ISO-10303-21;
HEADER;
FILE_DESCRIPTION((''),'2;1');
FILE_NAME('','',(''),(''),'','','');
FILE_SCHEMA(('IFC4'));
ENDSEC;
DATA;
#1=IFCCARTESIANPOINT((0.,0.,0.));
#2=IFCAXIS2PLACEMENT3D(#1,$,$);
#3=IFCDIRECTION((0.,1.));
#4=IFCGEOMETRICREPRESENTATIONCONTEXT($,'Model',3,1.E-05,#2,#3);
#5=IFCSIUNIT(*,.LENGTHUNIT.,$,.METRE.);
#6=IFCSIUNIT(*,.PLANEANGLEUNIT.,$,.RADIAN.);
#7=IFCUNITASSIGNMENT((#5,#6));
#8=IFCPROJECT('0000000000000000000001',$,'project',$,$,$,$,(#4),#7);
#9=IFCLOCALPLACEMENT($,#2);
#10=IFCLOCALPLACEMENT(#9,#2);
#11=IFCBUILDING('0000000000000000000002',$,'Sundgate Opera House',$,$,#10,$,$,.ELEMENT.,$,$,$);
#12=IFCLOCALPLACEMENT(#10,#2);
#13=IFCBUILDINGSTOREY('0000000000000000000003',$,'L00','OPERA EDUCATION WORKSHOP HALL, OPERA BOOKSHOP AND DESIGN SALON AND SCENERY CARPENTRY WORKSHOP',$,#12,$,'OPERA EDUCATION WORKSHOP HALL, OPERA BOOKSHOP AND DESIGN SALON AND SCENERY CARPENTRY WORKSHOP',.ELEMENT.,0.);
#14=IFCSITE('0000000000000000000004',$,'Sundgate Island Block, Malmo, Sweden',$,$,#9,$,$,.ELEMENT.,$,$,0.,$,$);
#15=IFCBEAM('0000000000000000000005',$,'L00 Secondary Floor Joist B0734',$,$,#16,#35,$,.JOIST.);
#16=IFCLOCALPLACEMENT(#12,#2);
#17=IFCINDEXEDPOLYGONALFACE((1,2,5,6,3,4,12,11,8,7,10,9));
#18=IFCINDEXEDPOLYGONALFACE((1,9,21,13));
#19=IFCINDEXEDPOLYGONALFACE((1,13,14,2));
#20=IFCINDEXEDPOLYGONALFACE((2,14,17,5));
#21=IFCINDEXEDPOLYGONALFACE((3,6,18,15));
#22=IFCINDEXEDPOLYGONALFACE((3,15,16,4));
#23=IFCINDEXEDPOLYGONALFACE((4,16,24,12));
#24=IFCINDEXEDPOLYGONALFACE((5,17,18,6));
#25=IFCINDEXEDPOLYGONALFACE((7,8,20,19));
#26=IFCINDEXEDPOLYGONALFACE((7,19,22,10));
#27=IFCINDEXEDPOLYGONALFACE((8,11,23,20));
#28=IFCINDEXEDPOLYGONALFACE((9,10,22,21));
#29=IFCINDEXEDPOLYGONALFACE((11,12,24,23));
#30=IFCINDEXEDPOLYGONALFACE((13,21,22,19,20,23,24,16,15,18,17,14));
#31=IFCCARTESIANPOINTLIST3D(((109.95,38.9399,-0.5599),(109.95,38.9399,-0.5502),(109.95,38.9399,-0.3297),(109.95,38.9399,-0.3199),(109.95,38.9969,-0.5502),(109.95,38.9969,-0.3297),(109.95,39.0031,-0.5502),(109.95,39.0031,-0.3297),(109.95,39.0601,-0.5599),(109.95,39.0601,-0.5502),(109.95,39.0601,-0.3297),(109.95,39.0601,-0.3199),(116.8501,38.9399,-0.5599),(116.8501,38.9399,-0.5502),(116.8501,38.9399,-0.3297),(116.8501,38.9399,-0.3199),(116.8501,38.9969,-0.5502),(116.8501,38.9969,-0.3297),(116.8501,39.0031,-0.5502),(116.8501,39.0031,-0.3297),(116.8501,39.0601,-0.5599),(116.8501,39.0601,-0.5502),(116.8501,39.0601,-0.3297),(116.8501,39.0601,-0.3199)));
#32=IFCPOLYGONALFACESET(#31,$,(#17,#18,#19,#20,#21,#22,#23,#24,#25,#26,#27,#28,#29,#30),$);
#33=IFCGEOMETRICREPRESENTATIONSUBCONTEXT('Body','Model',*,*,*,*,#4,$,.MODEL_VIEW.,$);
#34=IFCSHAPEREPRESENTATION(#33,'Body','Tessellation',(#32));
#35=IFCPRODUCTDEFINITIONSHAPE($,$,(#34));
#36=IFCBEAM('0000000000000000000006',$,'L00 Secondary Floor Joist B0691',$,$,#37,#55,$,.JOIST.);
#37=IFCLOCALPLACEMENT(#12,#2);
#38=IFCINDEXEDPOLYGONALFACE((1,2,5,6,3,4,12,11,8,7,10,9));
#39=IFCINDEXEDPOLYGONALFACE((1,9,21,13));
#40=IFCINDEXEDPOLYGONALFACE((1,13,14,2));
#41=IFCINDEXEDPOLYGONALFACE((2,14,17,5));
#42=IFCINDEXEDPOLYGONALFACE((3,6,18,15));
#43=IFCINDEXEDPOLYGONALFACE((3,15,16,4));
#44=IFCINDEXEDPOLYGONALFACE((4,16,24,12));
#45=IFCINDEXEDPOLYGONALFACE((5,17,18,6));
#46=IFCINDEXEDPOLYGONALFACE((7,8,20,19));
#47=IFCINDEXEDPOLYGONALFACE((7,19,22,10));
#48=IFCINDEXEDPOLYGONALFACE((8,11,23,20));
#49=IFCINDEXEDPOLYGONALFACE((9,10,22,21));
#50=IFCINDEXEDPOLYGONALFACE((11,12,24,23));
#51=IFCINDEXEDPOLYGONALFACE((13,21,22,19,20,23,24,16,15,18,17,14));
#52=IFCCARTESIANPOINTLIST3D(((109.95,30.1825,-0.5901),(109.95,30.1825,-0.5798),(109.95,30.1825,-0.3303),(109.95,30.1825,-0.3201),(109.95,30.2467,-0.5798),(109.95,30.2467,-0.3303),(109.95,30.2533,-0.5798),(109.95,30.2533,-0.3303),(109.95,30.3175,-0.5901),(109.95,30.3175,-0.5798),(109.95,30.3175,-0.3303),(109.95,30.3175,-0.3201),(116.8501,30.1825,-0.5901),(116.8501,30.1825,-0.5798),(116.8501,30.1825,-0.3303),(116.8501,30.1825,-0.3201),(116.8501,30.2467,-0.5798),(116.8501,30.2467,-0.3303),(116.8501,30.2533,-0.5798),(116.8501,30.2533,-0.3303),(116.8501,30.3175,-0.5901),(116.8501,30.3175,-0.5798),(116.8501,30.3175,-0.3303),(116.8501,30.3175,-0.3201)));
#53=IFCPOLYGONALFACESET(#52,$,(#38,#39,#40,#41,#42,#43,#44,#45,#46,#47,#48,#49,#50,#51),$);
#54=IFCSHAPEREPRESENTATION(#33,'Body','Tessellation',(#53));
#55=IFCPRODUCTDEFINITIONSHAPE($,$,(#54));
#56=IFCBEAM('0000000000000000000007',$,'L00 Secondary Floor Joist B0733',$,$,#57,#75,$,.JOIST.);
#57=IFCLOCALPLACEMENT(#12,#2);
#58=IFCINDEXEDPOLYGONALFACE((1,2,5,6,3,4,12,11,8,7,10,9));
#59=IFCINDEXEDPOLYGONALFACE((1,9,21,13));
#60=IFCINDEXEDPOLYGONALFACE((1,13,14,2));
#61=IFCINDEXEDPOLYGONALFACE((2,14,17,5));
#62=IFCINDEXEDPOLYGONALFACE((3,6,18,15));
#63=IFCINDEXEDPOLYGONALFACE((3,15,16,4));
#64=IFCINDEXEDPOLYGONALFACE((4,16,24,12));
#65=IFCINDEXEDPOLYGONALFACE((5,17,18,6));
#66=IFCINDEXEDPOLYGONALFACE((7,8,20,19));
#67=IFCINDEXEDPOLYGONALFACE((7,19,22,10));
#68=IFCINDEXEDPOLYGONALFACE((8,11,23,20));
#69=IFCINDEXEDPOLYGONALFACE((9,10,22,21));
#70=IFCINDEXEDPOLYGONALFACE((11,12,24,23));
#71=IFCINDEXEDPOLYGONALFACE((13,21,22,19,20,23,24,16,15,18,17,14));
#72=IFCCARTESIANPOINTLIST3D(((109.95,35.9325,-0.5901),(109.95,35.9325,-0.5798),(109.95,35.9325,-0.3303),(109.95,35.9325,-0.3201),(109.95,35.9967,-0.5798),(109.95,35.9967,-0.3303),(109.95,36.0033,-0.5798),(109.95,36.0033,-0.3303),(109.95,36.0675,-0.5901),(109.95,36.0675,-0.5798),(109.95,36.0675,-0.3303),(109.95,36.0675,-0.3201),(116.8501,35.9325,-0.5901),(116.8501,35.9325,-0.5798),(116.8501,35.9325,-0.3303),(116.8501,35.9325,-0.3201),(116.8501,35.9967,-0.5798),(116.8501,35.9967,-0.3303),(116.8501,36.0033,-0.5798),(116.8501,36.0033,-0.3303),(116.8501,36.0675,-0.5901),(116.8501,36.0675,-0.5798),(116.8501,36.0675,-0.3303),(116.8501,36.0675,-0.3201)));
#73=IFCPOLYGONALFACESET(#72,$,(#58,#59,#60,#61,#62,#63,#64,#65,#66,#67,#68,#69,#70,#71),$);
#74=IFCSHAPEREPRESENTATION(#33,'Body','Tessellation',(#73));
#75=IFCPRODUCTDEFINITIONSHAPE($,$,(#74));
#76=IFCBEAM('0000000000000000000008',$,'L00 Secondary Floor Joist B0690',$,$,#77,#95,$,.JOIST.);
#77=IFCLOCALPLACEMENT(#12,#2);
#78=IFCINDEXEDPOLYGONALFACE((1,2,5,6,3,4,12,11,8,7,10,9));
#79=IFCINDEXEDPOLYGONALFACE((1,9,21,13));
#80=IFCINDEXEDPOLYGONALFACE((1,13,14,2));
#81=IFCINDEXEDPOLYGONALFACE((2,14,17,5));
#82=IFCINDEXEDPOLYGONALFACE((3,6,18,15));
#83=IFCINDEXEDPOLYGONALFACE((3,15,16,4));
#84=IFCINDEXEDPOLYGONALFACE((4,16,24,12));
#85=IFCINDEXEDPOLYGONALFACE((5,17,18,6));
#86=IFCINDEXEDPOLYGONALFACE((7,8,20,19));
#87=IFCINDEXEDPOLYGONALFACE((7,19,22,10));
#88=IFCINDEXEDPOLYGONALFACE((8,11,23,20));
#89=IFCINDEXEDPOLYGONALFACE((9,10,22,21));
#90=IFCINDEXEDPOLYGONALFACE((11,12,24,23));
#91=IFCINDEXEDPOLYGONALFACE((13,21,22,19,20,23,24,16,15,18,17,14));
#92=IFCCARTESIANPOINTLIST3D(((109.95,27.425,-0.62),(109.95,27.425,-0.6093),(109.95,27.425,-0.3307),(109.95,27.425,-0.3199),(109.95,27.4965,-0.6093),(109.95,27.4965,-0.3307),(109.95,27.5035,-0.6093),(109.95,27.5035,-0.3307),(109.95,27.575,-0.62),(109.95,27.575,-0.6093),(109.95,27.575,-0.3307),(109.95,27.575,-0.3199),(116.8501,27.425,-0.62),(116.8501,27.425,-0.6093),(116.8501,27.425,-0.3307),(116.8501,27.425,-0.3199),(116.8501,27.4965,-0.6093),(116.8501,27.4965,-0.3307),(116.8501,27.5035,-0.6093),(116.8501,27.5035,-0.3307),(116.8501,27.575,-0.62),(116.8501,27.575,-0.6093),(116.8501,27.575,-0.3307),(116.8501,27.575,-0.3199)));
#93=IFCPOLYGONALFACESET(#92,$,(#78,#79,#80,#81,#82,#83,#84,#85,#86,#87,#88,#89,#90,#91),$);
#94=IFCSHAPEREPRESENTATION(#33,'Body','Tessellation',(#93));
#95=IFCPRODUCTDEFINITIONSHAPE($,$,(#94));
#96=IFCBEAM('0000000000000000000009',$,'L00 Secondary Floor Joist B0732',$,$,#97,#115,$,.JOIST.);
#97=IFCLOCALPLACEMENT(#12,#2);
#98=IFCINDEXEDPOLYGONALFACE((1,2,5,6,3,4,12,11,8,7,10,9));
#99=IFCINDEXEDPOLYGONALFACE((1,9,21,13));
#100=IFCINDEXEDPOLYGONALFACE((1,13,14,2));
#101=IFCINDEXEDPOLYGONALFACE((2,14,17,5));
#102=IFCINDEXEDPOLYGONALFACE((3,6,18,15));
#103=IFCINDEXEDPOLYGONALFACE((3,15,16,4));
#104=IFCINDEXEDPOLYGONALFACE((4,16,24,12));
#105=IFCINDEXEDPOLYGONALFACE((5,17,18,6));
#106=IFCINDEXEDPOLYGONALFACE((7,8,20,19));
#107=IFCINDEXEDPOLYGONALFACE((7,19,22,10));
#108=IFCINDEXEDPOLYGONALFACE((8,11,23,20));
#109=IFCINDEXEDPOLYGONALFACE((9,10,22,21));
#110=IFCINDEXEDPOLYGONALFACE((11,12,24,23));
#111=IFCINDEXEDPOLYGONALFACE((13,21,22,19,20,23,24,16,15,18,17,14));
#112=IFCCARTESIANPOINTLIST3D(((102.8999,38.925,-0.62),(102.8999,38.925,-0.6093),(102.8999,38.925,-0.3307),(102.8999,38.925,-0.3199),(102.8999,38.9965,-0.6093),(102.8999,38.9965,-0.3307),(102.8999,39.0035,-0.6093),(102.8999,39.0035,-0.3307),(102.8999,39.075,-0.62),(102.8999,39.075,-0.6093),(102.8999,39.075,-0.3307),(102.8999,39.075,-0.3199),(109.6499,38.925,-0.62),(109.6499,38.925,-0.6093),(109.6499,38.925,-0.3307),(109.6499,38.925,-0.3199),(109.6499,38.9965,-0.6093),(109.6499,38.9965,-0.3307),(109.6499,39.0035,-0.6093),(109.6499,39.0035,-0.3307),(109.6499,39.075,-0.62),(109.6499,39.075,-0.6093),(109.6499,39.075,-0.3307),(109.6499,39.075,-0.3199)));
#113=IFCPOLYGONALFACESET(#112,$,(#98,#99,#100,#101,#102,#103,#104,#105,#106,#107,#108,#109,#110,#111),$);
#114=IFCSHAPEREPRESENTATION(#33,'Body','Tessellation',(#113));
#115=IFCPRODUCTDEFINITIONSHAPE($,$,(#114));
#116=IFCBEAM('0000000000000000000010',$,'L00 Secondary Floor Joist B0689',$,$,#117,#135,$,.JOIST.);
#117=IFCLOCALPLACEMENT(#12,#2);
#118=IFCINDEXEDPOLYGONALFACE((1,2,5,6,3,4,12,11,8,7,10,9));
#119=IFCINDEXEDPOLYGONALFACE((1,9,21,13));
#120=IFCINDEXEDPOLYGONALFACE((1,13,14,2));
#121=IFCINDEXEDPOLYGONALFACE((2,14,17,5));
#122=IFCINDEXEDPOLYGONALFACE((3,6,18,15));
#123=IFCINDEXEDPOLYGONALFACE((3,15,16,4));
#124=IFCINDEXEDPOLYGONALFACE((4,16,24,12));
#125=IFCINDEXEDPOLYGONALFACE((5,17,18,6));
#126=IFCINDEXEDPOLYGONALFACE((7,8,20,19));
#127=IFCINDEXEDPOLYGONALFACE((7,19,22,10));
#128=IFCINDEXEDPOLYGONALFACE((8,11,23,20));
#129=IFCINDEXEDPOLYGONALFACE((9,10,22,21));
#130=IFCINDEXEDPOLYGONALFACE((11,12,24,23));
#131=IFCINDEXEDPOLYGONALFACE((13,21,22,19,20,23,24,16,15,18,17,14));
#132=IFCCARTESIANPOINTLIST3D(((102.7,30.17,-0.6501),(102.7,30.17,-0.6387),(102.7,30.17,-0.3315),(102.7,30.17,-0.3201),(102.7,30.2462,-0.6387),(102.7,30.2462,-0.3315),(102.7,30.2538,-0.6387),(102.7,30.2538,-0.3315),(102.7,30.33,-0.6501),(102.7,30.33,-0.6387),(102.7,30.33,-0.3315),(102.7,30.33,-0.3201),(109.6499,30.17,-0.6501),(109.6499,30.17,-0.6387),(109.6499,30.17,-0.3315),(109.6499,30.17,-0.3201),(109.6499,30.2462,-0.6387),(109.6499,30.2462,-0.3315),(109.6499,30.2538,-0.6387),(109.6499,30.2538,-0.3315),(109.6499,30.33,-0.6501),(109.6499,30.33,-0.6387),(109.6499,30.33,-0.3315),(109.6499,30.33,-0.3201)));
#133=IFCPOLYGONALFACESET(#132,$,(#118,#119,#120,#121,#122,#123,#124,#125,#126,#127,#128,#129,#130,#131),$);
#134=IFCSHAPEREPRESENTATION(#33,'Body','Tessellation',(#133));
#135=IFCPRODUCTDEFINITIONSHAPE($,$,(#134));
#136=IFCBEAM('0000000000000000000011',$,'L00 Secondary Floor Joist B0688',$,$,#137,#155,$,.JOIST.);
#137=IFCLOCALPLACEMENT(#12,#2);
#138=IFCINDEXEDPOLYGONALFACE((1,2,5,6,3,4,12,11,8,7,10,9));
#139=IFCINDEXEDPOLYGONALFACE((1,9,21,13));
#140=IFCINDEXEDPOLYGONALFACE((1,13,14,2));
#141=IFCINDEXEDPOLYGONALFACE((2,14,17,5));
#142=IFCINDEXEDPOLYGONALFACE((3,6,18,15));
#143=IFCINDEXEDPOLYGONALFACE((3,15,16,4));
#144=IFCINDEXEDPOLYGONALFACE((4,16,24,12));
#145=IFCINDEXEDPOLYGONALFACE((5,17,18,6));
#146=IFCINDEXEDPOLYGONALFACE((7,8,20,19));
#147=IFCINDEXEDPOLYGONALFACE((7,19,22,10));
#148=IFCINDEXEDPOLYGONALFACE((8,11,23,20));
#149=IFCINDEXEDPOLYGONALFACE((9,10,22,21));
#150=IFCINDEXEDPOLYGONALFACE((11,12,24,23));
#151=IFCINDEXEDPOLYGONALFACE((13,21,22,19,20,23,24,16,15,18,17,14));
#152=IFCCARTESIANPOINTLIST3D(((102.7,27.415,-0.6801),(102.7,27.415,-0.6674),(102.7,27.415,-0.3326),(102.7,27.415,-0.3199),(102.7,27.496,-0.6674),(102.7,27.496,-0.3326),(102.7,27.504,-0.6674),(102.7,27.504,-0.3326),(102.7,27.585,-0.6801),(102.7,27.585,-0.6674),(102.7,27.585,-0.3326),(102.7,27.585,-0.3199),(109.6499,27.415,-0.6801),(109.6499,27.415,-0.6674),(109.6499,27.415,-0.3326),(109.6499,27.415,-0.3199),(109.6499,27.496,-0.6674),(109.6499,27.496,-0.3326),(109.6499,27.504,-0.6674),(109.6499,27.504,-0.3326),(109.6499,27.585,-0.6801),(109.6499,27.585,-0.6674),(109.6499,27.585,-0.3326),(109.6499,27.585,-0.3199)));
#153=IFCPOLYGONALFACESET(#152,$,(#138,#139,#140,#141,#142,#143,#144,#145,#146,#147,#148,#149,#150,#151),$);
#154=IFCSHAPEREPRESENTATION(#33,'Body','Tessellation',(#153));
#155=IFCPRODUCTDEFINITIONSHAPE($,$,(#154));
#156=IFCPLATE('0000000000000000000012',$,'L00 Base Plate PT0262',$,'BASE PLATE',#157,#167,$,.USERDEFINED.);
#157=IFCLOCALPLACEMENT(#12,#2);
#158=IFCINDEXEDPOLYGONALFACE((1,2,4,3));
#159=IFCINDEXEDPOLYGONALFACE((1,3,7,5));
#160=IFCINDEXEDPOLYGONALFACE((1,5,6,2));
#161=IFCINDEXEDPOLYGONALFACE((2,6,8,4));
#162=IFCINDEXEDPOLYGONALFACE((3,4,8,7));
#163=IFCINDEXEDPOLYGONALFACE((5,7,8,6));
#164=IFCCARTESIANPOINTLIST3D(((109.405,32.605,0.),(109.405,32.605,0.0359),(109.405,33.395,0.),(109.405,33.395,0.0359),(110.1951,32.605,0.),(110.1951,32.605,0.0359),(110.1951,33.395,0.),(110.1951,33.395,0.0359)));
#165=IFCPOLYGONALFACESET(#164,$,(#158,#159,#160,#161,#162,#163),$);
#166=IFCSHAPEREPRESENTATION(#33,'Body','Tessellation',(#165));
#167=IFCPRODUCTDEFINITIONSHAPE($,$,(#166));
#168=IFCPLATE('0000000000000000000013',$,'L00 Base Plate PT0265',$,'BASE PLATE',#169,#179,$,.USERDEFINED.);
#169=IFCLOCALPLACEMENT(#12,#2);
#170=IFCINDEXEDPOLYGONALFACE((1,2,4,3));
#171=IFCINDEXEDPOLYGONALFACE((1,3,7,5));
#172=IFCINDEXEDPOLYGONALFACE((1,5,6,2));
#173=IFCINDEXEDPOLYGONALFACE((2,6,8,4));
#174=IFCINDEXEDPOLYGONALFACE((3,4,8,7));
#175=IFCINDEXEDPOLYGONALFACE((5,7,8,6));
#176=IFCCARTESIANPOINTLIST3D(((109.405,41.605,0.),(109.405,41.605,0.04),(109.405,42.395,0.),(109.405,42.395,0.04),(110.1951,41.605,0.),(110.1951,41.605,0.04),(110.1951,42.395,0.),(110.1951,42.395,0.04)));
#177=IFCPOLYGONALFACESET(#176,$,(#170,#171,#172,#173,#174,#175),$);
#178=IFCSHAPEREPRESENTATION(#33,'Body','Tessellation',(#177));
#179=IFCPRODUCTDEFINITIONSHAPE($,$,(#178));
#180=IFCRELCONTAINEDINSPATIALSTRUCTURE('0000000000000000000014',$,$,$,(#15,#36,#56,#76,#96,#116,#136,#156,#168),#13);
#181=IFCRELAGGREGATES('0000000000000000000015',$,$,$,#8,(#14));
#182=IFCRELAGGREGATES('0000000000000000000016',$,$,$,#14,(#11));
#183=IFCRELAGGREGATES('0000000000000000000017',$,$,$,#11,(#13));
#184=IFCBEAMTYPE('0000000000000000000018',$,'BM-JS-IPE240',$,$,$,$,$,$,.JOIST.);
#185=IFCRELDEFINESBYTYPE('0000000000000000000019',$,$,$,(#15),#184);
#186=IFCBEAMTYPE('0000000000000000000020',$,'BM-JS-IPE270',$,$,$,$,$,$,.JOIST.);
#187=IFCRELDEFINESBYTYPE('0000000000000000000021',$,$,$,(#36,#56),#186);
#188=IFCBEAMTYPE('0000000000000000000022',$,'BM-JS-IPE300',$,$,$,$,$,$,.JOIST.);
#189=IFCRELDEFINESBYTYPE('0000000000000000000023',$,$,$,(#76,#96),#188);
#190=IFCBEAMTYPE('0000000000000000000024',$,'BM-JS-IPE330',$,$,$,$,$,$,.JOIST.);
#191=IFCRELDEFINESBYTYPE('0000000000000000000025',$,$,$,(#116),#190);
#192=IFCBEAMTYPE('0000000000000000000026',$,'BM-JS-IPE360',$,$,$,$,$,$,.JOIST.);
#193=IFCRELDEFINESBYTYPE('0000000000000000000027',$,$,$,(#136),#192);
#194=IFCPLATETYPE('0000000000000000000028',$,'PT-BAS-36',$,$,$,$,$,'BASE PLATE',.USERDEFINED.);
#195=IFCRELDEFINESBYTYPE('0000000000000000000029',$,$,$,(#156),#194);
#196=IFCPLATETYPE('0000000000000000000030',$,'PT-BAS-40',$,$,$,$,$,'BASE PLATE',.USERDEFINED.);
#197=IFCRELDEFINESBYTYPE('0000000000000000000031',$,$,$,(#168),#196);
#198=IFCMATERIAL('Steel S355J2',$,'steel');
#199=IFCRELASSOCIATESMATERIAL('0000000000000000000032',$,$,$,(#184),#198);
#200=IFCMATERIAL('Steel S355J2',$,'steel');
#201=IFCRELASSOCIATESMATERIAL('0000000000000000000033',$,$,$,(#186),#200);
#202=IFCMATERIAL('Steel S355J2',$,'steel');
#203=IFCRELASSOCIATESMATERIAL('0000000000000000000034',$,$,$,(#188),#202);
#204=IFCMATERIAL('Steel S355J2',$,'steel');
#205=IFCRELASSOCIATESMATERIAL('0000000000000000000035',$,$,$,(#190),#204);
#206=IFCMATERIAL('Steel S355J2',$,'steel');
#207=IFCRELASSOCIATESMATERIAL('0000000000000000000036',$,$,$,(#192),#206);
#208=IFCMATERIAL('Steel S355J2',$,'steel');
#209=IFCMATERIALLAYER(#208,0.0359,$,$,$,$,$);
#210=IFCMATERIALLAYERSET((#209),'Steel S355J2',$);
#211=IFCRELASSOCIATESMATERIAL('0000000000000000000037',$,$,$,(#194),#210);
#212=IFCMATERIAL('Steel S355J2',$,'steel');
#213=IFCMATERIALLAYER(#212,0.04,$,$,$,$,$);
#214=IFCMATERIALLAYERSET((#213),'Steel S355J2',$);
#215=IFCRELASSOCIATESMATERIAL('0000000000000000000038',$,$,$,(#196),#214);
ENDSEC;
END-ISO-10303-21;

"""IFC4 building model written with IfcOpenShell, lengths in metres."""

from ifc_helpers import new_model, si_unit, direction, frame, origin, origin_2d, place, context, subcontext, project, spatial, rectangle, i_section, extrude, material, layer, layer_set, material_profile, profile_set, type_object, element, save


model = new_model("IFC4")

# Units and contexts
model_context = context("Model", 3, precision=1e-05, world=origin(), true_north=direction((0.0, 1.0)))
body_context = subcontext(model_context, "Body", "Model", "MODEL_VIEW")
ifc_project = project(units=[si_unit("LENGTHUNIT", "METRE"), si_unit("PLANEANGLEUNIT", "RADIAN")], contexts=[model_context])

# Site, building, storey
site_placement = place(None, origin())
site = spatial("IfcSite", under=ifc_project, at=site_placement, Name="Sundgate Island Block, Malmo, Sweden", CompositionType="ELEMENT", RefElevation=0.0)
building_placement = place(site_placement, origin())
building = spatial("IfcBuilding", under=site, at=building_placement, Name="Sundgate Opera House", CompositionType="ELEMENT")
storey_placement = place(building_placement, origin())
storey = spatial("IfcBuildingStorey", under=building, at=storey_placement, Name="L00", Description="OPERA EDUCATION WORKSHOP HALL, OPERA BOOKSHOP AND DESIGN SALON AND SCENERY CARPENTRY WORKSHOP", LongName="OPERA EDUCATION WORKSHOP HALL, OPERA BOOKSHOP AND DESIGN SALON AND SCENERY CARPENTRY WORKSHOP", CompositionType="ELEMENT", Elevation=0.0)

# Beams
ifc_material_1 = material(Name="Steel S355J2", Category="steel")
ifc_material_profile_1 = material_profile(ifc_material_1, i_section(OverallWidth=0.1201, OverallDepth=0.24, WebThickness=0.0061, FlangeThickness=0.0098, at=origin_2d()), Name="IPE 240")
ifc_profile_set_1 = profile_set([ifc_material_profile_1], Name="Steel S355J2")
beam_type_1 = type_object("IfcBeamType", Name="BM-JS-IPE240", PredefinedType="JOIST", material=ifc_profile_set_1)
beam_1_placement = place(storey_placement, frame((109.95, 39.0, -0.4399), z_axis=(1.0, 0.0, 0.0), x_axis=(0.0, 1.0, 0.0)))
element("IfcBeam", 1, at=beam_1_placement, inside=storey, type_object=beam_type_1, Name="L00 Secondary Floor Joist B0734", PredefinedType="JOIST", context=body_context, shape_type="SweptSolid", body=[
    extrude(i_section(OverallWidth=0.1201, OverallDepth=0.24, WebThickness=0.0061, FlangeThickness=0.0098, at=origin_2d()), origin(), (0.0, 0.0, 1.0), 6.9001),
])
ifc_material_2 = material(Name="Steel S355J2", Category="steel")
ifc_material_profile_2 = material_profile(ifc_material_2, i_section(OverallWidth=0.135, OverallDepth=0.27, WebThickness=0.0066, FlangeThickness=0.0103, at=origin_2d()), Name="IPE 270")
ifc_profile_set_2 = profile_set([ifc_material_profile_2], Name="Steel S355J2")
beam_type_2 = type_object("IfcBeamType", Name="BM-JS-IPE270", PredefinedType="JOIST", material=ifc_profile_set_2)
for number, where, z_axis, x_axis, name in (
    (2, (109.95, 30.25, -0.4551), (1.0, 0.0, 0.0), (0.0, 1.0, 0.0), "L00 Secondary Floor Joist B0691"),
    (3, (109.95, 36.0, -0.4551), (1.0, 0.0, 0.0), (0.0, 1.0, 0.0), "L00 Secondary Floor Joist B0733"),
):
    element("IfcBeam", number, at=place(storey_placement, frame(where, z_axis=z_axis, x_axis=x_axis)), inside=storey, type_object=beam_type_2, Name=name, PredefinedType="JOIST", context=body_context, shape_type="SweptSolid", body=[
        extrude(i_section(OverallWidth=0.135, OverallDepth=0.27, WebThickness=0.0066, FlangeThickness=0.0103, at=origin_2d()), origin(), (0.0, 0.0, 1.0), 6.9001),
    ])
ifc_material_3 = material(Name="Steel S355J2", Category="steel")
ifc_material_profile_3 = material_profile(ifc_material_3, i_section(OverallWidth=0.1499, OverallDepth=0.3, WebThickness=0.0071, FlangeThickness=0.0107, at=origin_2d()), Name="IPE 300")
ifc_profile_set_3 = profile_set([ifc_material_profile_3], Name="Steel S355J2")
beam_type_3 = type_object("IfcBeamType", Name="BM-JS-IPE300", PredefinedType="JOIST", material=ifc_profile_set_3)
beam_2_placement = place(storey_placement, frame((109.95, 27.5, -0.47), z_axis=(1.0, 0.0, 0.0), x_axis=(0.0, 1.0, 0.0)))
element("IfcBeam", 4, at=beam_2_placement, inside=storey, type_object=beam_type_3, Name="L00 Secondary Floor Joist B0690", PredefinedType="JOIST", context=body_context, shape_type="SweptSolid", body=[
    extrude(i_section(OverallWidth=0.1499, OverallDepth=0.3, WebThickness=0.0071, FlangeThickness=0.0107, at=origin_2d()), origin(), (0.0, 0.0, 1.0), 6.9001),
])
beam_3_placement = place(storey_placement, frame((102.8999, 39.0, -0.47), z_axis=(1.0, 0.0, 0.0), x_axis=(0.0, 1.0, 0.0)))
element("IfcBeam", 5, at=beam_3_placement, inside=storey, type_object=beam_type_3, Name="L00 Secondary Floor Joist B0732", PredefinedType="JOIST", context=body_context, shape_type="SweptSolid", body=[
    extrude(i_section(OverallWidth=0.1499, OverallDepth=0.3, WebThickness=0.0071, FlangeThickness=0.0107, at=origin_2d()), origin(), (0.0, 0.0, 1.0), 6.75),
])
ifc_material_4 = material(Name="Steel S355J2", Category="steel")
ifc_material_profile_4 = material_profile(ifc_material_4, i_section(OverallWidth=0.1599, OverallDepth=0.3301, WebThickness=0.0076, FlangeThickness=0.0115, at=origin_2d()), Name="IPE 330")
ifc_profile_set_4 = profile_set([ifc_material_profile_4], Name="Steel S355J2")
beam_type_4 = type_object("IfcBeamType", Name="BM-JS-IPE330", PredefinedType="JOIST", material=ifc_profile_set_4)
beam_4_placement = place(storey_placement, frame((102.7, 30.25, -0.4851), z_axis=(1.0, 0.0, 0.0), x_axis=(0.0, 1.0, 0.0)))
element("IfcBeam", 6, at=beam_4_placement, inside=storey, type_object=beam_type_4, Name="L00 Secondary Floor Joist B0689", PredefinedType="JOIST", context=body_context, shape_type="SweptSolid", body=[
    extrude(i_section(OverallWidth=0.1599, OverallDepth=0.3301, WebThickness=0.0076, FlangeThickness=0.0115, at=origin_2d()), origin(), (0.0, 0.0, 1.0), 6.95),
])
ifc_material_5 = material(Name="Steel S355J2", Category="steel")
ifc_material_profile_5 = material_profile(ifc_material_5, i_section(OverallWidth=0.1699, OverallDepth=0.3601, WebThickness=0.0081, FlangeThickness=0.0127, at=origin_2d()), Name="IPE 360")
ifc_profile_set_5 = profile_set([ifc_material_profile_5], Name="Steel S355J2")
beam_type_5 = type_object("IfcBeamType", Name="BM-JS-IPE360", PredefinedType="JOIST", material=ifc_profile_set_5)
beam_5_placement = place(storey_placement, frame((102.7, 27.5, -0.5), z_axis=(1.0, 0.0, 0.0), x_axis=(0.0, 1.0, 0.0)))
element("IfcBeam", 7, at=beam_5_placement, inside=storey, type_object=beam_type_5, Name="L00 Secondary Floor Joist B0688", PredefinedType="JOIST", context=body_context, shape_type="SweptSolid", body=[
    extrude(i_section(OverallWidth=0.1699, OverallDepth=0.3601, WebThickness=0.0081, FlangeThickness=0.0127, at=origin_2d()), origin(), (0.0, 0.0, 1.0), 6.95),
])

# Plates
ifc_material_6 = material(Name="Steel S355J2", Category="steel")
ifc_layer_1 = layer(ifc_material_6, 0.0359)
ifc_layer_set_1 = layer_set([ifc_layer_1], Name="Steel S355J2")
plate_type_1 = type_object("IfcPlateType", Name="PT-BAS-36", ElementType="BASE PLATE", PredefinedType="USERDEFINED", material=ifc_layer_set_1)
plate_1_placement = place(storey_placement, frame((109.8, 33.0, 0.0), z_axis=(0.0, 0.0, 1.0), x_axis=(1.0, 0.0, 0.0)))
element("IfcPlate", 8, at=plate_1_placement, inside=storey, type_object=plate_type_1, Name="L00 Base Plate PT0262", ObjectType="BASE PLATE", PredefinedType="USERDEFINED", context=body_context, shape_type="SweptSolid", body=[
    extrude(rectangle(XDim=0.79, YDim=0.79, at=origin_2d()), origin(), (0.0, 0.0, 1.0), 0.0359),
])
ifc_material_7 = material(Name="Steel S355J2", Category="steel")
ifc_layer_2 = layer(ifc_material_7, 0.04)
ifc_layer_set_2 = layer_set([ifc_layer_2], Name="Steel S355J2")
plate_type_2 = type_object("IfcPlateType", Name="PT-BAS-40", ElementType="BASE PLATE", PredefinedType="USERDEFINED", material=ifc_layer_set_2)
plate_2_placement = place(storey_placement, frame((109.8, 42.0, 0.0), z_axis=(0.0, 0.0, 1.0), x_axis=(1.0, 0.0, 0.0)))
element("IfcPlate", 9, at=plate_2_placement, inside=storey, type_object=plate_type_2, Name="L00 Base Plate PT0265", ObjectType="BASE PLATE", PredefinedType="USERDEFINED", context=body_context, shape_type="SweptSolid", body=[
    extrude(rectangle(XDim=0.79, YDim=0.79, at=origin_2d()), origin(), (0.0, 0.0, 1.0), 0.04),
])

save(model, "model.ifc")
